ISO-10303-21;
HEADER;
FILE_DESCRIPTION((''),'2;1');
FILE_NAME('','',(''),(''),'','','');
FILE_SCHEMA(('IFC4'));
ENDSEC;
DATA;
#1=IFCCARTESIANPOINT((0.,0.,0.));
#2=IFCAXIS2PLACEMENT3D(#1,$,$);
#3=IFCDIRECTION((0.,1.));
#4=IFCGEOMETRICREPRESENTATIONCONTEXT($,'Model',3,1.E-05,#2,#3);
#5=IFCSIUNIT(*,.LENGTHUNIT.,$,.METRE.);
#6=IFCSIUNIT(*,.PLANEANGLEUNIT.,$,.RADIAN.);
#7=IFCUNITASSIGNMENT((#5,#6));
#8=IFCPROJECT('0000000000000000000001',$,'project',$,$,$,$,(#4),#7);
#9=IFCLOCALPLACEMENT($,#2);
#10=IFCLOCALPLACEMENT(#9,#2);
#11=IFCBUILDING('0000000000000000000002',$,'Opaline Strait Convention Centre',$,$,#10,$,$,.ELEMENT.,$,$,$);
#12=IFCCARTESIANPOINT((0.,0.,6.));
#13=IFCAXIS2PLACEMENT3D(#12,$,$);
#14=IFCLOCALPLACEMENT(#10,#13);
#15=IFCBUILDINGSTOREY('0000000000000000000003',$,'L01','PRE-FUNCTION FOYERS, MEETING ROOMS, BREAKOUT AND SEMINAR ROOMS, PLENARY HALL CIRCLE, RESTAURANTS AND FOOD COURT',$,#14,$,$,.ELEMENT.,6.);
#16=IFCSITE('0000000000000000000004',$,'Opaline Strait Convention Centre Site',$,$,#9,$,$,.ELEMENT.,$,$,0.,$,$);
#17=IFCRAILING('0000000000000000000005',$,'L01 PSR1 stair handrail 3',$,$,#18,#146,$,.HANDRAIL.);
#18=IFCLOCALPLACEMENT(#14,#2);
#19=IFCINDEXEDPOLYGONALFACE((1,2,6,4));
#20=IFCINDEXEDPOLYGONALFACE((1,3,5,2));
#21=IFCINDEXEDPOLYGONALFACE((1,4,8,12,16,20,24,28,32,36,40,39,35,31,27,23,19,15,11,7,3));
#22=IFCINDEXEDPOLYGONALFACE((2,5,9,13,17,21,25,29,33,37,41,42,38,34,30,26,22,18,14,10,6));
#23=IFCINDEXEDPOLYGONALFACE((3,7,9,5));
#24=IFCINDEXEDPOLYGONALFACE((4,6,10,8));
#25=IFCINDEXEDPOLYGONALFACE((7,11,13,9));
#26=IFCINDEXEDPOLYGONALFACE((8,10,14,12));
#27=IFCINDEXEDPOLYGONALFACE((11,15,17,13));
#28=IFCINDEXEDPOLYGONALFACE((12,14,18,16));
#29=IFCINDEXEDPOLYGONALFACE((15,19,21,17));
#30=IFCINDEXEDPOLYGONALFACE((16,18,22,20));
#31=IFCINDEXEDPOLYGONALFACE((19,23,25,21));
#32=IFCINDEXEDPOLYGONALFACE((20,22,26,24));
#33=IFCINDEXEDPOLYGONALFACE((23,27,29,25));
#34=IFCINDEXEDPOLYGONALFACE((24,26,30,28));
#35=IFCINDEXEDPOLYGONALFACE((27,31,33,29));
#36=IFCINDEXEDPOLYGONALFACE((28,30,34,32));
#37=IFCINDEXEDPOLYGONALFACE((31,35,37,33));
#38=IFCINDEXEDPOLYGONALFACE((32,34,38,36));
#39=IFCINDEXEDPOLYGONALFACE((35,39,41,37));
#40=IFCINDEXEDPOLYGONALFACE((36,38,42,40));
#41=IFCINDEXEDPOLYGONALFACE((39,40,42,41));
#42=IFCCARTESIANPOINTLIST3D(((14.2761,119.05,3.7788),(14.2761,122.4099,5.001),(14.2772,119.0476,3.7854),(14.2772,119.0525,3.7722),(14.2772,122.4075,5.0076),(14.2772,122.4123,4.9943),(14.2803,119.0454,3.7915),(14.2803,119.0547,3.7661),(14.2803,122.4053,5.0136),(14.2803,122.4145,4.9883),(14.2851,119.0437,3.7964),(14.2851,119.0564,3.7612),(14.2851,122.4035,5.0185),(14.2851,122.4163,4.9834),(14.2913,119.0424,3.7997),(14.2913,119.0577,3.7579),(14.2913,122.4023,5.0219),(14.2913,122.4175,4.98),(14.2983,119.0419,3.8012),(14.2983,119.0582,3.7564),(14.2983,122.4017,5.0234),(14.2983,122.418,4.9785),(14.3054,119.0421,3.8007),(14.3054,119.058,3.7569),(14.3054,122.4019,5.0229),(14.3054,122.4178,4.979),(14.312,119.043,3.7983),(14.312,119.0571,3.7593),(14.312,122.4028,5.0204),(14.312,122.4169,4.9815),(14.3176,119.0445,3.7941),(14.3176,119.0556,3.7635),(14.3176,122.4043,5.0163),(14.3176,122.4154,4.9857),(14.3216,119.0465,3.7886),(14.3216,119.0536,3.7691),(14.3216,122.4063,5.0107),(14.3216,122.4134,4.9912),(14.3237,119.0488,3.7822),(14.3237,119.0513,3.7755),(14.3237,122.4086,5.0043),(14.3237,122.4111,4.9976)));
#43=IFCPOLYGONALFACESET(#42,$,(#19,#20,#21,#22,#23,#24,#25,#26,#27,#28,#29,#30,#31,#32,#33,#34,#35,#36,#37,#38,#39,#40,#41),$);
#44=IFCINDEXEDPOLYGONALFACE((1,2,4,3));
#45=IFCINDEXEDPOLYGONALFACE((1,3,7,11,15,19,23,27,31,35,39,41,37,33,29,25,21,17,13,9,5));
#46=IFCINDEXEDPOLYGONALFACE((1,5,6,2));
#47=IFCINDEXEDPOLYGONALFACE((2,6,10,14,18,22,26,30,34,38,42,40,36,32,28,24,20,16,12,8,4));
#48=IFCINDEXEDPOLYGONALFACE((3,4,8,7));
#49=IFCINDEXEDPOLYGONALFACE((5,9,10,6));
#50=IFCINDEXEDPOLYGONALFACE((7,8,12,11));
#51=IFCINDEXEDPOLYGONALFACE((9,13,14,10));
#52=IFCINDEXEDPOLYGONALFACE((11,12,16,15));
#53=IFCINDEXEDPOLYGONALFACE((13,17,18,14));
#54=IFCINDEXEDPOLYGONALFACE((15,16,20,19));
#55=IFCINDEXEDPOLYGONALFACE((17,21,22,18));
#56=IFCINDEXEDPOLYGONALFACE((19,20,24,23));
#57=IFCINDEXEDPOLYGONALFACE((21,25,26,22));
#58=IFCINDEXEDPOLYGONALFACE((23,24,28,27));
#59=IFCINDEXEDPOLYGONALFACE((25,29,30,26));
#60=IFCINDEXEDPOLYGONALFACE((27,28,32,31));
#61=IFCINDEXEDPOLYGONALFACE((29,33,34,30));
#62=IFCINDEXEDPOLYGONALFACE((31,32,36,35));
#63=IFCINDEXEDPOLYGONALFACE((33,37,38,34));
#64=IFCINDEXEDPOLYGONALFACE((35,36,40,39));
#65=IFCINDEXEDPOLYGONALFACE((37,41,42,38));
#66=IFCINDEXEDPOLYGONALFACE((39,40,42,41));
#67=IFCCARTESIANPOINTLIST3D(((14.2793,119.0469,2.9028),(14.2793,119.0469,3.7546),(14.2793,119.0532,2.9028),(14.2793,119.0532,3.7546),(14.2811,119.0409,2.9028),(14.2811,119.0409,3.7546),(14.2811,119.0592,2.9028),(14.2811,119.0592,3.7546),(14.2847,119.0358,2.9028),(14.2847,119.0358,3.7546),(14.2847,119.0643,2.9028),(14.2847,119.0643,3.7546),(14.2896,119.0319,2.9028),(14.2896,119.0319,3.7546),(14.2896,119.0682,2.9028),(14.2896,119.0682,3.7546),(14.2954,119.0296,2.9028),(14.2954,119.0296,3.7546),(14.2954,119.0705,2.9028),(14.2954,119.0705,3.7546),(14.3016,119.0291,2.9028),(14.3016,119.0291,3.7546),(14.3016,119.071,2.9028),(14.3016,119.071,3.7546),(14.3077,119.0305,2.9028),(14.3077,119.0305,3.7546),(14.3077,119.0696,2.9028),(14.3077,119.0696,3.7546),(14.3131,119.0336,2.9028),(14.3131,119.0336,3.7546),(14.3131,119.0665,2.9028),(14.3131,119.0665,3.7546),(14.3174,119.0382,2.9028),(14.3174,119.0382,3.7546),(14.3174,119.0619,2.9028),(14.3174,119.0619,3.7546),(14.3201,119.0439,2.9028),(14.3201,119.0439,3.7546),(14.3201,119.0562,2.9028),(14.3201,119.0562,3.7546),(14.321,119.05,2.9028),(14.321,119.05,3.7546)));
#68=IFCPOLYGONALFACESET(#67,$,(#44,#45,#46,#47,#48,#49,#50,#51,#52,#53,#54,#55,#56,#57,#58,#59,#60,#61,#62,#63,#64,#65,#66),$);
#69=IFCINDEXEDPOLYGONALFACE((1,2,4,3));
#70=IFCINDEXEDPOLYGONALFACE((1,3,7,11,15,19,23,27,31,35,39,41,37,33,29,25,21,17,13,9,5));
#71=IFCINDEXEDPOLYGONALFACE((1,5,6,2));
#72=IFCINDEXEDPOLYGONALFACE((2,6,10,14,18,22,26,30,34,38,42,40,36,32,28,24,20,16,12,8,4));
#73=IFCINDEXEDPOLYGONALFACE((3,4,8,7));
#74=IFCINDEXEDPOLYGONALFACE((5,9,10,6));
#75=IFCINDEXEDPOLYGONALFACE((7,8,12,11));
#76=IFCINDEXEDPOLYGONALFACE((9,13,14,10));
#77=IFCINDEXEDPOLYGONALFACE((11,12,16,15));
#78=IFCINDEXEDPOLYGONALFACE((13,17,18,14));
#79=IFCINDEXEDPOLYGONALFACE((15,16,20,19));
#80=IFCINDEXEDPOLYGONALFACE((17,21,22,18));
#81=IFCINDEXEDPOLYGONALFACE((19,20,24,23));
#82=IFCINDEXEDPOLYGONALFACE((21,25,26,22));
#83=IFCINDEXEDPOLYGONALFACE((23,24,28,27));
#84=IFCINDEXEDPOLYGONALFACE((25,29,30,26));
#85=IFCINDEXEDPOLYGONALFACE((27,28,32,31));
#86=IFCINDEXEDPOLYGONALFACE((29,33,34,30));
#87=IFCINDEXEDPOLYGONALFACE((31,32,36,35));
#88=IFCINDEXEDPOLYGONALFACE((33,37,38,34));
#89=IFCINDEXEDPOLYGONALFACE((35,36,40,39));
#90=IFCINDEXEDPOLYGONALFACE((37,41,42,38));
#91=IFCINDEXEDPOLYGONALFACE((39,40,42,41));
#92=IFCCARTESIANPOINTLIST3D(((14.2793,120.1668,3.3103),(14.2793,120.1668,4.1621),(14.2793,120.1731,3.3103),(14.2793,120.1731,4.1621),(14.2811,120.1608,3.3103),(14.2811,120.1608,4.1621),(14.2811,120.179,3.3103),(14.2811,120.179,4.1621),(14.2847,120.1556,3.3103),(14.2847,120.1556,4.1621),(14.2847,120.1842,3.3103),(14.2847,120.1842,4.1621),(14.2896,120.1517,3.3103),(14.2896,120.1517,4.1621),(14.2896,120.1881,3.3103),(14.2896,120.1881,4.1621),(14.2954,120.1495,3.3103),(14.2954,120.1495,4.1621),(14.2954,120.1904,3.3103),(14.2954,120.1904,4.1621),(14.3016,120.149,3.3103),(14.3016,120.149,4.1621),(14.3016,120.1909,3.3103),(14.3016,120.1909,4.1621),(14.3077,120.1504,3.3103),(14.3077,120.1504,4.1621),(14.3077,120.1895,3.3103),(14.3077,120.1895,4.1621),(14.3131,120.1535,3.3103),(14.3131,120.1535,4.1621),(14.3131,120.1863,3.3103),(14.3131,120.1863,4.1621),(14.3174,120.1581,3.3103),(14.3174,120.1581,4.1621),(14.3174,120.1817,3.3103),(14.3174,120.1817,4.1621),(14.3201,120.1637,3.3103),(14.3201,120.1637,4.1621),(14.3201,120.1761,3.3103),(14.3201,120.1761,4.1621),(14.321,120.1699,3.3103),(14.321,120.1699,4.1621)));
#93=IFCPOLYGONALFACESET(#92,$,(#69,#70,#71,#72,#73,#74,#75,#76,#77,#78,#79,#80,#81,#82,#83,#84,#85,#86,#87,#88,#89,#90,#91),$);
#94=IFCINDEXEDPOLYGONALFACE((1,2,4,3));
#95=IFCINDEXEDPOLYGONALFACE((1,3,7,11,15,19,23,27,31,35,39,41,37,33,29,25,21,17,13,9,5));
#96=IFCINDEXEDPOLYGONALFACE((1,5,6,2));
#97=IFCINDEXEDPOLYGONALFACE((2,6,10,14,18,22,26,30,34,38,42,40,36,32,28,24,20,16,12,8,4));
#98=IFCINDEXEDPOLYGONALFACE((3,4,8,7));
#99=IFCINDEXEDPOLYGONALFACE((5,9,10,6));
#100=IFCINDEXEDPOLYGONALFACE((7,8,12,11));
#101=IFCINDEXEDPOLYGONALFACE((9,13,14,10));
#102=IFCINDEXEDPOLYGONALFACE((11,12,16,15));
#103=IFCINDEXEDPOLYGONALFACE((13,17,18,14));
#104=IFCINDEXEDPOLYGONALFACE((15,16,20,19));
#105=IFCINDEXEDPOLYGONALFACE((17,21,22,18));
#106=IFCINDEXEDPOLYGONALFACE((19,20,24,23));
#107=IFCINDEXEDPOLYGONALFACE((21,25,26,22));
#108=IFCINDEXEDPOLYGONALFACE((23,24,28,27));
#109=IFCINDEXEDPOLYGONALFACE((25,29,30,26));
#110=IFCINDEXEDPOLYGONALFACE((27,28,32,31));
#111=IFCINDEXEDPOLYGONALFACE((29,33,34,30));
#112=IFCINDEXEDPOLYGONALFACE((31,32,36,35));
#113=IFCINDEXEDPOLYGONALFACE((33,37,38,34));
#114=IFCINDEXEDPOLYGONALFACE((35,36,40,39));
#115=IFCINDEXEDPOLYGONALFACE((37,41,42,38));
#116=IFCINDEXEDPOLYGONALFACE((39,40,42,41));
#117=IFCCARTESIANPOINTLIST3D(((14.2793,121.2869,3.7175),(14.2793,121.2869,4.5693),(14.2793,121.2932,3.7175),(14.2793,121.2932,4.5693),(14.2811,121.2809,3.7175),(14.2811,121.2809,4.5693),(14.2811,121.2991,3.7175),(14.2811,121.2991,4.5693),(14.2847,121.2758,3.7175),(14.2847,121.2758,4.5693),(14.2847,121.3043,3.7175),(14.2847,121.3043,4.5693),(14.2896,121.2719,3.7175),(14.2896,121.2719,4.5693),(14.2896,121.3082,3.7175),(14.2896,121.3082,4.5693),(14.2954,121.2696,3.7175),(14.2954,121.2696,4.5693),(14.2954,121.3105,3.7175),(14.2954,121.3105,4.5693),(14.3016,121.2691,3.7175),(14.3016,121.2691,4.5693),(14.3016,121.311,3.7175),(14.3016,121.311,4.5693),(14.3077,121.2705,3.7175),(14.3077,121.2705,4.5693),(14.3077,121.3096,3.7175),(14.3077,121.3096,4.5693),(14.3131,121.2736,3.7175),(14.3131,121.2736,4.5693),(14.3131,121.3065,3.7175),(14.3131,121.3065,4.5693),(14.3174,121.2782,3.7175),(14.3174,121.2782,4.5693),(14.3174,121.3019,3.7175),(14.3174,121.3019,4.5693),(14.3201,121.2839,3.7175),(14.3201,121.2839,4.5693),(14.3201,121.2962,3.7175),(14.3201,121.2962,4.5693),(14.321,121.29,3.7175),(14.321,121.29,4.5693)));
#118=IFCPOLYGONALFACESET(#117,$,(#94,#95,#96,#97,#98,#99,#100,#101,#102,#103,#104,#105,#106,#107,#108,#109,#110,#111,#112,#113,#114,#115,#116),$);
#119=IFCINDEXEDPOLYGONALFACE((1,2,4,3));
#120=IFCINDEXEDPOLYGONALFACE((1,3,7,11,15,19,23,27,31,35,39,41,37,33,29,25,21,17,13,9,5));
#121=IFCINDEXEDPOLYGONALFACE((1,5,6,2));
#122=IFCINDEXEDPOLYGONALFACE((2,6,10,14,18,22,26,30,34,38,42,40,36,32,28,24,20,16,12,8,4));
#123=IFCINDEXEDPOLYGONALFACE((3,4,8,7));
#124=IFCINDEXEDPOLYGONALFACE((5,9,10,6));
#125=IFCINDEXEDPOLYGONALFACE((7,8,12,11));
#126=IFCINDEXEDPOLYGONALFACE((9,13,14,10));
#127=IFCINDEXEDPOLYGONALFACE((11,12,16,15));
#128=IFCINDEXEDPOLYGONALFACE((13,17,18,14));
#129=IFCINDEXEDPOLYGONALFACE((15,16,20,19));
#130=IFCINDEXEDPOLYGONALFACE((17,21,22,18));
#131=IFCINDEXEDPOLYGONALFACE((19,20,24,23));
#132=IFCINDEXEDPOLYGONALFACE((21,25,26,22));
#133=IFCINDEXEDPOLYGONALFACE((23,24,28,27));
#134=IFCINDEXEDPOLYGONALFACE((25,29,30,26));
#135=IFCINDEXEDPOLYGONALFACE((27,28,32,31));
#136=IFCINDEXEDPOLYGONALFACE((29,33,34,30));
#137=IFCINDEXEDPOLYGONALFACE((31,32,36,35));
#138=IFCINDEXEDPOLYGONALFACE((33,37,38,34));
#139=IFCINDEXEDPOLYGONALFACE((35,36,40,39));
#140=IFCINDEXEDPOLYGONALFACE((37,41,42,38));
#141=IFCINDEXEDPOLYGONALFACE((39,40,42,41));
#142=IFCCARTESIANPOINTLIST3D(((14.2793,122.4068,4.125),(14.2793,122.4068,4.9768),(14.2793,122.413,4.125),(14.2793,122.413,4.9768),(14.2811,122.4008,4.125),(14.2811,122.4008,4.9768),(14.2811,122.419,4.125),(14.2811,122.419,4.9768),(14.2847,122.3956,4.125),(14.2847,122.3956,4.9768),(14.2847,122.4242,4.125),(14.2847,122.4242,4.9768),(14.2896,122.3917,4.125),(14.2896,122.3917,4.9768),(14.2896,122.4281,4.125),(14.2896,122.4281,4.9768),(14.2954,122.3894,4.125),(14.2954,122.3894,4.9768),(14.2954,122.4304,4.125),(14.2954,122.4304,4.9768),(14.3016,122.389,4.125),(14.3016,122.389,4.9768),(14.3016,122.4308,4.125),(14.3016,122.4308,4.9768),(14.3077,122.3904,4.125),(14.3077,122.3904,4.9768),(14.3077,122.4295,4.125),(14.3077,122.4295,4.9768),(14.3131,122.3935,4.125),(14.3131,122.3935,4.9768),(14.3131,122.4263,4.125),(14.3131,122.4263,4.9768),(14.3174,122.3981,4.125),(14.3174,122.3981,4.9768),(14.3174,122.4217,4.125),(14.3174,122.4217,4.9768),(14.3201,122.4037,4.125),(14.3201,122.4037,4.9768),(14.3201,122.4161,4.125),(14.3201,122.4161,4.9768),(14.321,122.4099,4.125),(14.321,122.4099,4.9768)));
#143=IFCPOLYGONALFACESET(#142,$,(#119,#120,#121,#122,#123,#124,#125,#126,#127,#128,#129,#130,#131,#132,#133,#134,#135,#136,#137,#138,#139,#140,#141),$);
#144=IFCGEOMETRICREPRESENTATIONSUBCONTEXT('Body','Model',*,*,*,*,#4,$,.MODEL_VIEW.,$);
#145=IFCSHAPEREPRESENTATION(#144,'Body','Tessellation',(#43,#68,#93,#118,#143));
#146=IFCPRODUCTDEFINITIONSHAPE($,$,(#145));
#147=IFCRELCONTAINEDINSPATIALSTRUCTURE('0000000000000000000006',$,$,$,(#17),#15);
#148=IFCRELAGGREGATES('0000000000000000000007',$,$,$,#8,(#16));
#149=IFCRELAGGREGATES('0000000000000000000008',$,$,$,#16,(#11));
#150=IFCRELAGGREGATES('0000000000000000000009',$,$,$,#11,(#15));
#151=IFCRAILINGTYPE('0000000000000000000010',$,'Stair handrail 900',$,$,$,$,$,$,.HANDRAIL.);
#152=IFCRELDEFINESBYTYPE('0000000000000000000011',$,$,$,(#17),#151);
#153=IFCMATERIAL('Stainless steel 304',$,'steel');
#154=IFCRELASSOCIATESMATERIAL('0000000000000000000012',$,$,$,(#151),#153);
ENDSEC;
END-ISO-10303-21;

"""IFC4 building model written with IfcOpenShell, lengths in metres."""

from ifc_helpers import new_model, si_unit, direction, frame, origin, origin_2d, place, context, subcontext, project, spatial, circle, extrude, material, type_object, element, save


model = new_model("IFC4")

# Units and contexts
model_context = context("Model", 3, precision=1e-05, world=origin(), true_north=direction((0.0, 1.0)))
body_context = subcontext(model_context, "Body", "Model", "MODEL_VIEW")
ifc_project = project(units=[si_unit("LENGTHUNIT", "METRE"), si_unit("PLANEANGLEUNIT", "RADIAN")], contexts=[model_context])

# Site, building, storey
site_placement = place(None, origin())
site = spatial("IfcSite", under=ifc_project, at=site_placement, Name="Opaline Strait Convention Centre Site", CompositionType="ELEMENT", RefElevation=0.0)
building_placement = place(site_placement, origin())
building = spatial("IfcBuilding", under=site, at=building_placement, Name="Opaline Strait Convention Centre", CompositionType="ELEMENT")
storey_placement = place(building_placement, frame((0.0, 0.0, 6.0)))
storey = spatial("IfcBuildingStorey", under=building, at=storey_placement, Name="L01", Description="PRE-FUNCTION FOYERS, MEETING ROOMS, BREAKOUT AND SEMINAR ROOMS, PLENARY HALL CIRCLE, RESTAURANTS AND FOOD COURT", CompositionType="ELEMENT", Elevation=6.0)

# Railing
ifc_material_1 = material(Name="Stainless steel 304", Category="steel")
railing_type_1 = type_object("IfcRailingType", Name="Stair handrail 900", PredefinedType="HANDRAIL", material=ifc_material_1)
railing_1_placement = place(storey_placement, frame((14.3, 119.05, 2.9028)))
element("IfcRailing", 1, at=railing_1_placement, inside=storey, type_object=railing_type_1, Name="L01 PSR1 stair handrail 3", PredefinedType="HANDRAIL", context=body_context, shape_type="SweptSolid", body=[
    extrude(circle(Radius=0.0239, at=origin_2d()), frame((0.0, 0.0, 0.876), z_axis=(0.0, 0.939758, 0.341842), x_axis=(-1.0, 0.0, 0.0)), (0.0, 0.0, 1.0), 3.5752),
    extrude(circle(Radius=0.021, at=origin_2d()), origin(), (0.0, 0.0, 1.0), 0.8518),
    extrude(circle(Radius=0.021, at=origin_2d()), frame((0.0, 1.1199, 0.4075)), (0.0, 0.0, 1.0), 0.8518),
    extrude(circle(Radius=0.021, at=origin_2d()), frame((0.0, 2.24, 0.8147)), (0.0, 0.0, 1.0), 0.8518),
    extrude(circle(Radius=0.021, at=origin_2d()), frame((0.0, 3.3599, 1.2222)), (0.0, 0.0, 1.0), 0.8518),
])

save(model, "model.ifc")
